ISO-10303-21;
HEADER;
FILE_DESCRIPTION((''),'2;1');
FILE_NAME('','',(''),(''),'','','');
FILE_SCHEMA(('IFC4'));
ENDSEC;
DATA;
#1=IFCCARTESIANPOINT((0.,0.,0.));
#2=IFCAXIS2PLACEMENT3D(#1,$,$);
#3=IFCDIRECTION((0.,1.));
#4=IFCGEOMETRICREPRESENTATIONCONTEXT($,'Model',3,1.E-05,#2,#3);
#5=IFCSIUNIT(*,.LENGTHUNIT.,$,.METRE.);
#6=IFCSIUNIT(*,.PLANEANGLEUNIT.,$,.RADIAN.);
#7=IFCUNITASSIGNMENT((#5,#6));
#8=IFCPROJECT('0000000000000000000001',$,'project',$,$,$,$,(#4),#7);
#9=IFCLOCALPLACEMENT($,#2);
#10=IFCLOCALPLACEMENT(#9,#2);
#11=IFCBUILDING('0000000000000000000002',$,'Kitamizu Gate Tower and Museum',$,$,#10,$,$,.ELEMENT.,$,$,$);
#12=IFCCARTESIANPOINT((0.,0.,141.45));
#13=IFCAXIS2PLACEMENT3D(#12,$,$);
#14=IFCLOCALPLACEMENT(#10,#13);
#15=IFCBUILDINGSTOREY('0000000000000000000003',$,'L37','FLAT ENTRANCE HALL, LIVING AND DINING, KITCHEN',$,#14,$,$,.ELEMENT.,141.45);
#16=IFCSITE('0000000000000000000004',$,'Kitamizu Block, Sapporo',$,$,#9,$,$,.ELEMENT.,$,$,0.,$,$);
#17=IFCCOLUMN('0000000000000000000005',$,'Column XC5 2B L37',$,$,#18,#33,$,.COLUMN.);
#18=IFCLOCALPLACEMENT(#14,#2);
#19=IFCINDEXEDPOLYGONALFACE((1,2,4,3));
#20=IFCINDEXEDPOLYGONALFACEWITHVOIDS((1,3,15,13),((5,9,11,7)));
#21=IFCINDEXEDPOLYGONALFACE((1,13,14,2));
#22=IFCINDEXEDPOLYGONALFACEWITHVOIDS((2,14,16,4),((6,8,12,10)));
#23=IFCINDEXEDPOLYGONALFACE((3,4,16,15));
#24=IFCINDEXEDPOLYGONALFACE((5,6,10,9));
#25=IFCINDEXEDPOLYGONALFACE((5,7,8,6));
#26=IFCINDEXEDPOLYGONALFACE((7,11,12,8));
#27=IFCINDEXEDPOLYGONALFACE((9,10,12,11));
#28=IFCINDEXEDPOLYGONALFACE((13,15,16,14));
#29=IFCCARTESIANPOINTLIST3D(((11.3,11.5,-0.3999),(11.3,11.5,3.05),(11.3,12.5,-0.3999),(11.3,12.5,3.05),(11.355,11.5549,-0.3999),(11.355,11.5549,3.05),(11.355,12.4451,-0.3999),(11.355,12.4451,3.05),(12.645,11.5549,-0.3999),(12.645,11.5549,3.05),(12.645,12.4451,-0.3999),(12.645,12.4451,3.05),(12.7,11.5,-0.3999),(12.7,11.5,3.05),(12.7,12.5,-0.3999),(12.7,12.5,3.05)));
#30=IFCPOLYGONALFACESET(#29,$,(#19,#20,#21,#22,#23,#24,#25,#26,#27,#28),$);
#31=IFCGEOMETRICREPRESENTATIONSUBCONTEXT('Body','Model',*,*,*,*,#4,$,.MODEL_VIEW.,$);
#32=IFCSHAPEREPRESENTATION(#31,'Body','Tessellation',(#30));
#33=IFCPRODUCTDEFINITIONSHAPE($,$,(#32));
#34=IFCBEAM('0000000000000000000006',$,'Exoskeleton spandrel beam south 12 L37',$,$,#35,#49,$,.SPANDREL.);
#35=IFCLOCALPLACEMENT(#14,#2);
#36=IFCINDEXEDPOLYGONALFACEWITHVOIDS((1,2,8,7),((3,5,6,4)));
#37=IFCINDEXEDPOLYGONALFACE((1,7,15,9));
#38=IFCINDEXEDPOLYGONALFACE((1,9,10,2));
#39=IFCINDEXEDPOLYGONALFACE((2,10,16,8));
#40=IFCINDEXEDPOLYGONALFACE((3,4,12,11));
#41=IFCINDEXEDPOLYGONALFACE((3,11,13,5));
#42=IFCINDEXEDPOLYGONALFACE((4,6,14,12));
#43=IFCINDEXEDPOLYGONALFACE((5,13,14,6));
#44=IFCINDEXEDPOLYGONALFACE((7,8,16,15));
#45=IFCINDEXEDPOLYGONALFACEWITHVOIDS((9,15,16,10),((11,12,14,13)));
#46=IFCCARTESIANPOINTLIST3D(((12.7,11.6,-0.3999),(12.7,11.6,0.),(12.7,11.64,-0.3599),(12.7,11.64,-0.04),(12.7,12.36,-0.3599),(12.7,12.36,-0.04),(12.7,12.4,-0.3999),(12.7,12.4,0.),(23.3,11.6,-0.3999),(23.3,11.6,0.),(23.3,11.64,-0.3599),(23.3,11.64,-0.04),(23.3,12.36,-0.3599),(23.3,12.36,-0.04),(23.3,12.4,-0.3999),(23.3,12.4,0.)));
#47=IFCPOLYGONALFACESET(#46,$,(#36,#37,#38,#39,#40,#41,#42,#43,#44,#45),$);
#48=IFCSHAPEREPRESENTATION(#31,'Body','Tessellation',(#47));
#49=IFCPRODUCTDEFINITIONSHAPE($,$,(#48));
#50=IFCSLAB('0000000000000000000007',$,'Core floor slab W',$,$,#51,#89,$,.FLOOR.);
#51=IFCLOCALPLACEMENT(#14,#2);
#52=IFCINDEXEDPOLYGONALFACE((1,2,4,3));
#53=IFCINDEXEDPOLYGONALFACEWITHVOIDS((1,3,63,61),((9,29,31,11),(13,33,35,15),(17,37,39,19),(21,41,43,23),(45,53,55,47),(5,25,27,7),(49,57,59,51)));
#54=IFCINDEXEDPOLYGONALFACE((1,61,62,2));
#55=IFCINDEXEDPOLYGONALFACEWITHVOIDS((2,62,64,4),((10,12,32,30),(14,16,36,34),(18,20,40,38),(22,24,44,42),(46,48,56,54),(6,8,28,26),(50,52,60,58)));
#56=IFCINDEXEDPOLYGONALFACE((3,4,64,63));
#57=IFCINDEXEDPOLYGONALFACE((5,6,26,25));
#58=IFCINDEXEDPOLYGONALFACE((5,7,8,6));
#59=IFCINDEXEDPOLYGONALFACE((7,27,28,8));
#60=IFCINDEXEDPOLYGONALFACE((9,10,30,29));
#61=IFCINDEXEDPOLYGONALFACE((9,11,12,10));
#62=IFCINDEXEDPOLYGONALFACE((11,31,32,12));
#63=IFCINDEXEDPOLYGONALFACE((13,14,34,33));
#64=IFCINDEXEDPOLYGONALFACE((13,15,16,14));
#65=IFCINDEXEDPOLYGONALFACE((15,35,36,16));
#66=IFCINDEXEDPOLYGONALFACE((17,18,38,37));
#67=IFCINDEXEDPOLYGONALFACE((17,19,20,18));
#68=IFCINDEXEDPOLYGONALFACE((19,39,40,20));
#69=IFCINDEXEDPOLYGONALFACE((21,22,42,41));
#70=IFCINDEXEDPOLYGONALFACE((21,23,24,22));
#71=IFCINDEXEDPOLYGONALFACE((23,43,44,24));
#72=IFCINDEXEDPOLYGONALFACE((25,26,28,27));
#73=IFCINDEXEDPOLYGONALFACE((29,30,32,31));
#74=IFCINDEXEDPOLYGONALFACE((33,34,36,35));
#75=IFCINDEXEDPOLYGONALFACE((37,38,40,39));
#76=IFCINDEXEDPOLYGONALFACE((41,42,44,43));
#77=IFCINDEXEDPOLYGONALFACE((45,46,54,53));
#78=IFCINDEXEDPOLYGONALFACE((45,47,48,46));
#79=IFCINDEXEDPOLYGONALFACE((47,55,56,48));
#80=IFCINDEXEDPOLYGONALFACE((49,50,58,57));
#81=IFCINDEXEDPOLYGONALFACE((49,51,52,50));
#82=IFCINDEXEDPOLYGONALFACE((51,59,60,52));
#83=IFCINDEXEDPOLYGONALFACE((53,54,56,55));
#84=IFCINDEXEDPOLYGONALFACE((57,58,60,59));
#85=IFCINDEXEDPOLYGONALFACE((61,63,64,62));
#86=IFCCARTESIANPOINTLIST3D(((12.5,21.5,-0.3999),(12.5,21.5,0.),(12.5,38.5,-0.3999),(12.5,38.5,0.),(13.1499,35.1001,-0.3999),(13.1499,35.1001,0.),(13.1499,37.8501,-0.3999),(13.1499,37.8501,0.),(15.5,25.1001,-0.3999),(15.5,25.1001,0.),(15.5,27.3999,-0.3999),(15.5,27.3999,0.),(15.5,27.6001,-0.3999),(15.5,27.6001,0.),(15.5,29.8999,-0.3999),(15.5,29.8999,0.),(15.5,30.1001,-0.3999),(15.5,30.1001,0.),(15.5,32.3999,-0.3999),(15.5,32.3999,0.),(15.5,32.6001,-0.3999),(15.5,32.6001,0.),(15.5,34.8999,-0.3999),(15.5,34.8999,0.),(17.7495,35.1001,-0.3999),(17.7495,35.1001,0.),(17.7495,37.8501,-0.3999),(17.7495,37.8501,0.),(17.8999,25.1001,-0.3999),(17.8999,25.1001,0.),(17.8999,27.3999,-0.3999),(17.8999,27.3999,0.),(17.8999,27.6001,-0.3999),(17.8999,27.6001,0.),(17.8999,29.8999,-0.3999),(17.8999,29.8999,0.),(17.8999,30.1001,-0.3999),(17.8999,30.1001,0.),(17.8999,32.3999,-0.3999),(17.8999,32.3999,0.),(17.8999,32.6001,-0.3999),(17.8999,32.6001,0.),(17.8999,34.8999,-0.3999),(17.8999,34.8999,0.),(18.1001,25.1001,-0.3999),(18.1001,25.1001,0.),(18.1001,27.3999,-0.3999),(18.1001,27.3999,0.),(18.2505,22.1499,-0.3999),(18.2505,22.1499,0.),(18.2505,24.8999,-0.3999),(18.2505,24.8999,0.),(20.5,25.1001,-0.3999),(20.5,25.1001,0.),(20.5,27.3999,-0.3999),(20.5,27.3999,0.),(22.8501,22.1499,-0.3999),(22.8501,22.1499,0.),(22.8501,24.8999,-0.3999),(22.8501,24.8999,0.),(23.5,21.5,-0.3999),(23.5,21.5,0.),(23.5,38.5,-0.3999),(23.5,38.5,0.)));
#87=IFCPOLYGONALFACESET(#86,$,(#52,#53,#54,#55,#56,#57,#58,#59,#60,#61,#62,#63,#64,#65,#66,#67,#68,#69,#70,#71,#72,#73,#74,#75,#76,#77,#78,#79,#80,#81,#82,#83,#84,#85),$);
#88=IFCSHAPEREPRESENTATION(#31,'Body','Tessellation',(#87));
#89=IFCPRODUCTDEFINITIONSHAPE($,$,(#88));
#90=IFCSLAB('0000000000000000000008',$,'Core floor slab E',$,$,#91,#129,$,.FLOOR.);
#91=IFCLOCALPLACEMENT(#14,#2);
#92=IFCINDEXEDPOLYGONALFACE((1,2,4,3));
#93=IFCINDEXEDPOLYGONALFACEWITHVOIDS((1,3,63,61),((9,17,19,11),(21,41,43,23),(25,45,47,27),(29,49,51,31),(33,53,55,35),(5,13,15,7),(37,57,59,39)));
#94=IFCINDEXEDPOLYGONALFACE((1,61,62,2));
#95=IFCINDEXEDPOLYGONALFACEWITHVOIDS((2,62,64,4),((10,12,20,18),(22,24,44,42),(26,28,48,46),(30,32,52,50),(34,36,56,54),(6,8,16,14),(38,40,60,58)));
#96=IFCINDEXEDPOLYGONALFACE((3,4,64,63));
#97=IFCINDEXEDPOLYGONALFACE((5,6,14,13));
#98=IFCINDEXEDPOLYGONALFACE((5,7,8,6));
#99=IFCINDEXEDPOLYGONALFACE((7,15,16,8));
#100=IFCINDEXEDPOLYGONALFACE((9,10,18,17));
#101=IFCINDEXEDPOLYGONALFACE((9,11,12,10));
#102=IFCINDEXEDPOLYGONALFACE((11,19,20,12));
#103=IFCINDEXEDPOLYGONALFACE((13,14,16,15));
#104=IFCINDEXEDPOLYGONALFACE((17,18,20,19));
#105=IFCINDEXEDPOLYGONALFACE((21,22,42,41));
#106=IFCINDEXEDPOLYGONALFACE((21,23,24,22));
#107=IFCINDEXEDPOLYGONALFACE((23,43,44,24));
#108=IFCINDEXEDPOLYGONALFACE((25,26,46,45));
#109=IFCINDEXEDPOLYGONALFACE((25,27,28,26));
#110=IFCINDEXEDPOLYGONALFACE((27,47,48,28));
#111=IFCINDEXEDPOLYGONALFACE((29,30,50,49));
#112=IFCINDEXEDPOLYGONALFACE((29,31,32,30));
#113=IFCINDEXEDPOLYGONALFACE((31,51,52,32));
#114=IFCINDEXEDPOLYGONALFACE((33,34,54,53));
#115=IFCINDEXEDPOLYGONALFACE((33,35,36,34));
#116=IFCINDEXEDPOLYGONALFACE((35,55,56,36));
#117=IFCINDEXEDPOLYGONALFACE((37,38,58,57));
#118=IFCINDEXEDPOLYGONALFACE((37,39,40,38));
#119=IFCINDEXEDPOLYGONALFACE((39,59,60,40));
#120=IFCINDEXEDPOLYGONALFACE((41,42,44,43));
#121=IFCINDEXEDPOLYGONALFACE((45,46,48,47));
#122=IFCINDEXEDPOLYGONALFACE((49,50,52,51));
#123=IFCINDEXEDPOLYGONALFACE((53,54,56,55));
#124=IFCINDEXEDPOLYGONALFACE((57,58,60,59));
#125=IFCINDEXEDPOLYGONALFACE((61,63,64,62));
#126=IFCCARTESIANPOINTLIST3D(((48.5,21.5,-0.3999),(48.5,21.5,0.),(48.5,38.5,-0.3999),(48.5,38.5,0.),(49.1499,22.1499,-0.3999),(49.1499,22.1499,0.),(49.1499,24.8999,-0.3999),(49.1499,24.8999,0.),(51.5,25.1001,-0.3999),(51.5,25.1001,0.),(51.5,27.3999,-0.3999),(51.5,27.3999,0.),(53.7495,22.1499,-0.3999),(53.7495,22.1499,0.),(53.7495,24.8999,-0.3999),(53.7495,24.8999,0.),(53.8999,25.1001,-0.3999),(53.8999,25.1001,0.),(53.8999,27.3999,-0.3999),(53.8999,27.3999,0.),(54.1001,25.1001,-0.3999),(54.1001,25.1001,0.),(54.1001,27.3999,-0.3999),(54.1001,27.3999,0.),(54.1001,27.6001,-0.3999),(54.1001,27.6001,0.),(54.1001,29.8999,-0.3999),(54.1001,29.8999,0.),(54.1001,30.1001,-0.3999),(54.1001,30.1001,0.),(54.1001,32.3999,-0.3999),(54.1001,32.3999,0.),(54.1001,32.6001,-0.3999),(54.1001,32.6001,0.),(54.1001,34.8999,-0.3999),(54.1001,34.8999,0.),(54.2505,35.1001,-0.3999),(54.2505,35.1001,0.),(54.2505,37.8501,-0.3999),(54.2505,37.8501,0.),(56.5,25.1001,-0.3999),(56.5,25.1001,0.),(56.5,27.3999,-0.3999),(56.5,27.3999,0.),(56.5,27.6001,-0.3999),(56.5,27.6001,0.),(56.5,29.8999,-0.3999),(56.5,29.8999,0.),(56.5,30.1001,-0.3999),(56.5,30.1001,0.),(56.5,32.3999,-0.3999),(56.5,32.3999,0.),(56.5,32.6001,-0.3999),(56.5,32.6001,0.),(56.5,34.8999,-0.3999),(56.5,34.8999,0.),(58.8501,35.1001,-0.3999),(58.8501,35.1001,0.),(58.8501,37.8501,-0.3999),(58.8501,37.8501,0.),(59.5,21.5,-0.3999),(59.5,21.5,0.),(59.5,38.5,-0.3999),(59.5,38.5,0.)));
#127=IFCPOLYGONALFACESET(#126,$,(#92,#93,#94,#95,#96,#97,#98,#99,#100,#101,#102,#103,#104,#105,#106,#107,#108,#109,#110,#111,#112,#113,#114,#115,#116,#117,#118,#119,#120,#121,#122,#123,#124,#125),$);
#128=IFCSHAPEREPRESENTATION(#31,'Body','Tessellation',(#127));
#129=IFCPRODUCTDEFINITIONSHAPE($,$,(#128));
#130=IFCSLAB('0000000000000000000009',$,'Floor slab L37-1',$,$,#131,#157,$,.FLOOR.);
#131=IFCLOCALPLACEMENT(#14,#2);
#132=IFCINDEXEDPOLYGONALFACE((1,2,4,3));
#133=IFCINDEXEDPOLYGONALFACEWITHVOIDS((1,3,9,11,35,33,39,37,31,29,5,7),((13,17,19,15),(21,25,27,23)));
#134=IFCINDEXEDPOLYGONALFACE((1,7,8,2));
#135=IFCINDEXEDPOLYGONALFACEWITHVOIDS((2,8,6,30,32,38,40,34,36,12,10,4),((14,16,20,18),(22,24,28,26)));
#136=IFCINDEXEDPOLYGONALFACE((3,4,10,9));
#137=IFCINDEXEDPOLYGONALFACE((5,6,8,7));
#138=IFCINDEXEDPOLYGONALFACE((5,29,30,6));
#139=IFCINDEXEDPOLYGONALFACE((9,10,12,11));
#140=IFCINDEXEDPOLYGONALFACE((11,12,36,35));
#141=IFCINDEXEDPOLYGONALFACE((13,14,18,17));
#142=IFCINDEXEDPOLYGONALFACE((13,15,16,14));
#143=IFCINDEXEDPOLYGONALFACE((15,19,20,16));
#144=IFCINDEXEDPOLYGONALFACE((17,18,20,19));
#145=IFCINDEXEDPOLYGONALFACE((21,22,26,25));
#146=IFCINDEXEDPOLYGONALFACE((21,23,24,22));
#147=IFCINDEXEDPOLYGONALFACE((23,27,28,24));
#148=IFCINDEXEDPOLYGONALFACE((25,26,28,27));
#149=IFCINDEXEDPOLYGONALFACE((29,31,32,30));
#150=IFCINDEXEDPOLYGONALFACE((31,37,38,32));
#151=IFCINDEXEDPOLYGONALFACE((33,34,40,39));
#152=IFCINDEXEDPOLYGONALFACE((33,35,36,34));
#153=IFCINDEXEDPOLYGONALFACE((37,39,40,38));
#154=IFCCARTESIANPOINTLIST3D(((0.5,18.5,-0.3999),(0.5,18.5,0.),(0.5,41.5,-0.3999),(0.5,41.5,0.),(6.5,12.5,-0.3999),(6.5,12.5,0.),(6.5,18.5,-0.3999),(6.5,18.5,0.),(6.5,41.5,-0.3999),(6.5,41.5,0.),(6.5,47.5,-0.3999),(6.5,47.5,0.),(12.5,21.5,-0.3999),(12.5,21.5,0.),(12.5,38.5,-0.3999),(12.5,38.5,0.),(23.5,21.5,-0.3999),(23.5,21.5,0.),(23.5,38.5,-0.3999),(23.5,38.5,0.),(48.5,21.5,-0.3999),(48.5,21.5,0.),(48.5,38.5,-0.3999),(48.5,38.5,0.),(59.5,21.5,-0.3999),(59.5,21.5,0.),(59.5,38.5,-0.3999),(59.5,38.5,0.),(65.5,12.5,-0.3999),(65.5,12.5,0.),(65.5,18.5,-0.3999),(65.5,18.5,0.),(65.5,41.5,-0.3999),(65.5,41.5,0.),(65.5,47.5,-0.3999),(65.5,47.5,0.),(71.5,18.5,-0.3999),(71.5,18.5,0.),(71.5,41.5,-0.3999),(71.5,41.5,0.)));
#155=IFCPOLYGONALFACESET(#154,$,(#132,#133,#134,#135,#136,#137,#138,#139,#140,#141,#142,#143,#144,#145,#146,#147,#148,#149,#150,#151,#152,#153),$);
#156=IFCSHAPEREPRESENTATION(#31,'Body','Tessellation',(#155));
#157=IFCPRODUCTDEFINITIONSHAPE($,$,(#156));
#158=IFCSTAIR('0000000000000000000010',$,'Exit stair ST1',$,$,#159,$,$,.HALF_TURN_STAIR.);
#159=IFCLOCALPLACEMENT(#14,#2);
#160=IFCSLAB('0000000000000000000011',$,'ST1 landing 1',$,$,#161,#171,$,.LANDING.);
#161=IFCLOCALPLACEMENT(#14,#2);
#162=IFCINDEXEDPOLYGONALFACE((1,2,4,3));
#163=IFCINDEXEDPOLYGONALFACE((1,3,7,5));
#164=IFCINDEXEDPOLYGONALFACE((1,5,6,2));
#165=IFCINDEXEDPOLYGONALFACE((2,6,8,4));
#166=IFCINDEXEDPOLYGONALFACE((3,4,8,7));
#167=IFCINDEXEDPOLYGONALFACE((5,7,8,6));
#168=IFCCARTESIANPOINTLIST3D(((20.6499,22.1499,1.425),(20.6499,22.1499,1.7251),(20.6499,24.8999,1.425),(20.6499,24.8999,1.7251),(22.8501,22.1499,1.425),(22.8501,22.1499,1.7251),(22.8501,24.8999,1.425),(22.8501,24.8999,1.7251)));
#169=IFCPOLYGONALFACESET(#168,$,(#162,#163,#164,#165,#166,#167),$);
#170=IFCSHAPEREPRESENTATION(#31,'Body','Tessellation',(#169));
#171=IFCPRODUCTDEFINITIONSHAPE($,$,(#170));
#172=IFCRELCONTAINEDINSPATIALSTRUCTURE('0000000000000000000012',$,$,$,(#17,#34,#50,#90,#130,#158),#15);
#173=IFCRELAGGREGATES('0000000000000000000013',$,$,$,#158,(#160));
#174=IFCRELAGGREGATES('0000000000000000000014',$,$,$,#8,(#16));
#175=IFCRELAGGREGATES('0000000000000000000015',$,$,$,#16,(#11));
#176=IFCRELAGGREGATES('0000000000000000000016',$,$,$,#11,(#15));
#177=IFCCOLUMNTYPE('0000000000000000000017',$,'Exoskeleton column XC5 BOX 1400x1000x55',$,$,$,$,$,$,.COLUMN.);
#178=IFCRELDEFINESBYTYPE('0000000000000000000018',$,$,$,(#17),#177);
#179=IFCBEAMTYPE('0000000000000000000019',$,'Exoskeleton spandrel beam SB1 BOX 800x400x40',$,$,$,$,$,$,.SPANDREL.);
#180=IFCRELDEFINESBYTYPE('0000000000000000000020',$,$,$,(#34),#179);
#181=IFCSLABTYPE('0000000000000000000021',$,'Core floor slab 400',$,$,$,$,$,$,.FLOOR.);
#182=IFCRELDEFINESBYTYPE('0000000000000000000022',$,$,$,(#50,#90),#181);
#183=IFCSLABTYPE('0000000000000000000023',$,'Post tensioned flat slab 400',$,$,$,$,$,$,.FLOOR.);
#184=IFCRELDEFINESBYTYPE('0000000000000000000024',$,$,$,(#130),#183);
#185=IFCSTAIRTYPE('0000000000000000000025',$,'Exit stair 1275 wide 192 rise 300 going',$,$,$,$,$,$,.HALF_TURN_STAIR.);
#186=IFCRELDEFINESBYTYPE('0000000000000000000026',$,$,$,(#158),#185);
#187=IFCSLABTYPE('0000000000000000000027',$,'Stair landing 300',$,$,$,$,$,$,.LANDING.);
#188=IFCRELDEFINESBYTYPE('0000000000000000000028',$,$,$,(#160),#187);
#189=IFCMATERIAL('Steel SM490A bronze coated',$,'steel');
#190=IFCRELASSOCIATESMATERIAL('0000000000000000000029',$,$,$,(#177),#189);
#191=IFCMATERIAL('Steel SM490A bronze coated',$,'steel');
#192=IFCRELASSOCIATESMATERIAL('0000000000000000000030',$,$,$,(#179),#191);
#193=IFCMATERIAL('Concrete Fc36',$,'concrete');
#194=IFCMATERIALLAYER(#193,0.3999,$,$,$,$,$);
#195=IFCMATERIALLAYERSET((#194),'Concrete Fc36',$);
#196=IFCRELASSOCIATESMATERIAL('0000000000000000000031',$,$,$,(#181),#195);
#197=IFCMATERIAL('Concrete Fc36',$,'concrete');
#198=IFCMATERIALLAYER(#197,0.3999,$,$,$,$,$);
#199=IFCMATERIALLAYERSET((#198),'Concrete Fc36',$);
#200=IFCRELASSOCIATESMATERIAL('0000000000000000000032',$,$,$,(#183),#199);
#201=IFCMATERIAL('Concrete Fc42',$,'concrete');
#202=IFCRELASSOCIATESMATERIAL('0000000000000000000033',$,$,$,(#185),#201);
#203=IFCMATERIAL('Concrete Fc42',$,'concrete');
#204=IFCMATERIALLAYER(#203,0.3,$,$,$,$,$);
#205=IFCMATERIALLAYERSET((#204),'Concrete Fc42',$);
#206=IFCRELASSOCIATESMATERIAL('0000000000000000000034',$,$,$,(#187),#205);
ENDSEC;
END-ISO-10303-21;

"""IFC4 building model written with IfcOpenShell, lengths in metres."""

from ifc_helpers import new_model, si_unit, direction, frame, origin, origin_2d, place, context, subcontext, project, spatial, polyline, hollow_rectangle, outline, extrude, material, layer, layer_set, material_profile, profile_set, type_object, element, aggregate, save


model = new_model("IFC4")

# Units and contexts
model_context = context("Model", 3, precision=1e-05, world=origin(), true_north=direction((0.0, 1.0)))
body_context = subcontext(model_context, "Body", "Model", "MODEL_VIEW")
ifc_project = project(units=[si_unit("LENGTHUNIT", "METRE"), si_unit("PLANEANGLEUNIT", "RADIAN")], contexts=[model_context])

# Site, building, storey
site_placement = place(None, origin())
site = spatial("IfcSite", under=ifc_project, at=site_placement, Name="Kitamizu Block, Sapporo", CompositionType="ELEMENT", RefElevation=0.0)
building_placement = place(site_placement, origin())
building = spatial("IfcBuilding", under=site, at=building_placement, Name="Kitamizu Gate Tower and Museum", CompositionType="ELEMENT")
storey_placement = place(building_placement, frame((0.0, 0.0, 141.45)))
storey = spatial("IfcBuildingStorey", under=building, at=storey_placement, Name="L37", Description="FLAT ENTRANCE HALL, LIVING AND DINING, KITCHEN", CompositionType="ELEMENT", Elevation=141.45)

# Column
ifc_material_1 = material(Name="Steel SM490A bronze coated", Category="steel")
ifc_material_profile_1 = material_profile(ifc_material_1, hollow_rectangle(XDim=1.3999, YDim=1.0, WallThickness=0.0549, at=origin_2d()), Name="BOX 1400x1000x55")
ifc_profile_set_1 = profile_set([ifc_material_profile_1], Name="Steel SM490A bronze coated")
column_type = type_object("IfcColumnType", Name="Exoskeleton column XC5 BOX 1400x1000x55", PredefinedType="COLUMN", material=ifc_profile_set_1)
column_placement = place(storey_placement, frame((12.0, 12.0, -0.3999), z_axis=(0.0, 0.0, 1.0), x_axis=(1.0, 0.0, 0.0)))
element("IfcColumn", 1, at=column_placement, inside=storey, type_object=column_type, Name="Column XC5 2B L37", PredefinedType="COLUMN", context=body_context, shape_type="SweptSolid", body=[
    extrude(hollow_rectangle(XDim=1.3999, YDim=1.0, WallThickness=0.0549, at=origin_2d()), origin(), (0.0, 0.0, 1.0), 3.45),
])

# Beam
ifc_material_2 = material(Name="Steel SM490A bronze coated", Category="steel")
ifc_material_profile_2 = material_profile(ifc_material_2, hollow_rectangle(XDim=0.8, YDim=0.3999, WallThickness=0.04, at=origin_2d()), Name="BOX 800x400x40")
ifc_profile_set_2 = profile_set([ifc_material_profile_2], Name="Steel SM490A bronze coated")
beam_type = type_object("IfcBeamType", Name="Exoskeleton spandrel beam SB1 BOX 800x400x40", PredefinedType="SPANDREL", material=ifc_profile_set_2)
beam_placement = place(storey_placement, frame((12.7, 12.0, -0.2), z_axis=(1.0, 0.0, 0.0), x_axis=(0.0, 1.0, 0.0)))
element("IfcBeam", 2, at=beam_placement, inside=storey, type_object=beam_type, Name="Exoskeleton spandrel beam south 12 L37", PredefinedType="SPANDREL", context=body_context, shape_type="SweptSolid", body=[
    extrude(hollow_rectangle(XDim=0.8, YDim=0.3999, WallThickness=0.04, at=origin_2d()), origin(), (0.0, 0.0, 1.0), 10.6001),
])

# Slabs
ifc_material_3 = material(Name="Concrete Fc36", Category="concrete")
ifc_layer_1 = layer(ifc_material_3, 0.3999)
ifc_layer_set_1 = layer_set([ifc_layer_1], Name="Concrete Fc36")
slab_type_1 = type_object("IfcSlabType", Name="Core floor slab 400", PredefinedType="FLOOR", material=ifc_layer_set_1)
slab_1_placement = place(storey_placement, frame((0.0, 0.0, -0.3999)))
element("IfcSlab", 3, at=slab_1_placement, inside=storey, type_object=slab_type_1, Name="Core floor slab W", PredefinedType="FLOOR", context=body_context, shape_type="SweptSolid", body=[
    extrude(outline(polyline([(12.5, 21.5), (23.5, 21.5), (23.5, 38.5), (12.5, 38.5), (12.5, 21.5)]), holes=[polyline([(15.5, 25.1001), (17.8999, 25.1001), (17.8999, 27.3999), (15.5, 27.3999), (15.5, 25.1001)]), polyline([(15.5, 27.6001), (17.8999, 27.6001), (17.8999, 29.8999), (15.5, 29.8999), (15.5, 27.6001)]), polyline([(15.5, 30.1001), (17.8999, 30.1001), (17.8999, 32.3999), (15.5, 32.3999), (15.5, 30.1001)]), polyline([(15.5, 32.6001), (17.8999, 32.6001), (17.8999, 34.8999), (15.5, 34.8999), (15.5, 32.6001)]), polyline([(18.1001, 25.1001), (20.5, 25.1001), (20.5, 27.3999), (18.1001, 27.3999), (18.1001, 25.1001)]), polyline([(18.2505, 22.1499), (22.8501, 22.1499), (22.8501, 24.8999), (18.2505, 24.8999), (18.2505, 22.1499)]), polyline([(13.1499, 35.1001), (17.7495, 35.1001), (17.7495, 37.8501), (13.1499, 37.8501), (13.1499, 35.1001)])]), origin(), (0.0, 0.0, 1.0), 0.3999),
])
slab_2_placement = place(storey_placement, frame((0.0, 0.0, -0.3999)))
element("IfcSlab", 4, at=slab_2_placement, inside=storey, type_object=slab_type_1, Name="Core floor slab E", PredefinedType="FLOOR", context=body_context, shape_type="SweptSolid", body=[
    extrude(outline(polyline([(48.5, 21.5), (59.5, 21.5), (59.5, 38.5), (48.5, 38.5), (48.5, 21.5)]), holes=[polyline([(54.1001, 25.1001), (56.5, 25.1001), (56.5, 27.3999), (54.1001, 27.3999), (54.1001, 25.1001)]), polyline([(54.1001, 27.6001), (56.5, 27.6001), (56.5, 29.8999), (54.1001, 29.8999), (54.1001, 27.6001)]), polyline([(54.1001, 30.1001), (56.5, 30.1001), (56.5, 32.3999), (54.1001, 32.3999), (54.1001, 30.1001)]), polyline([(54.1001, 32.6001), (56.5, 32.6001), (56.5, 34.8999), (54.1001, 34.8999), (54.1001, 32.6001)]), polyline([(51.5, 25.1001), (53.8999, 25.1001), (53.8999, 27.3999), (51.5, 27.3999), (51.5, 25.1001)]), polyline([(49.1499, 22.1499), (53.7495, 22.1499), (53.7495, 24.8999), (49.1499, 24.8999), (49.1499, 22.1499)]), polyline([(54.2505, 35.1001), (58.8501, 35.1001), (58.8501, 37.8501), (54.2505, 37.8501), (54.2505, 35.1001)])]), origin(), (0.0, 0.0, 1.0), 0.3999),
])
ifc_material_4 = material(Name="Concrete Fc36", Category="concrete")
ifc_layer_2 = layer(ifc_material_4, 0.3999)
ifc_layer_set_2 = layer_set([ifc_layer_2], Name="Concrete Fc36")
slab_type_2 = type_object("IfcSlabType", Name="Post tensioned flat slab 400", PredefinedType="FLOOR", material=ifc_layer_set_2)
slab_3_placement = place(storey_placement, frame((0.0, 0.0, -0.3999)))
element("IfcSlab", 5, at=slab_3_placement, inside=storey, type_object=slab_type_2, Name="Floor slab L37-1", PredefinedType="FLOOR", context=body_context, shape_type="SweptSolid", body=[
    extrude(outline(polyline([(0.5, 18.5), (0.5, 41.5), (6.5, 41.5), (6.5, 47.5), (65.5, 47.5), (65.5, 41.5), (71.5, 41.5), (71.5, 18.5), (65.5, 18.5), (65.5, 12.5), (6.5, 12.5), (6.5, 18.5), (0.5, 18.5)]), holes=[polyline([(59.5, 38.5), (48.5, 38.5), (48.5, 21.5), (59.5, 21.5), (59.5, 38.5)]), polyline([(12.5, 38.5), (12.5, 21.5), (23.5, 21.5), (23.5, 38.5), (12.5, 38.5)])]), origin(), (0.0, 0.0, 1.0), 0.3999),
])

# Stair, slab
ifc_material_5 = material(Name="Concrete Fc42", Category="concrete")
stair_type = type_object("IfcStairType", Name="Exit stair 1275 wide 192 rise 300 going", PredefinedType="HALF_TURN_STAIR", material=ifc_material_5)
stair_1_placement = place(storey_placement, origin())
stair_1 = element("IfcStair", 6, at=stair_1_placement, inside=storey, type_object=stair_type, Name="Exit stair ST1", PredefinedType="HALF_TURN_STAIR")
ifc_material_6 = material(Name="Concrete Fc42", Category="concrete")
ifc_layer_3 = layer(ifc_material_6, 0.3)
ifc_layer_set_3 = layer_set([ifc_layer_3], Name="Concrete Fc42")
slab_type_3 = type_object("IfcSlabType", Name="Stair landing 300", PredefinedType="LANDING", material=ifc_layer_set_3)
slab_4_placement = place(storey_placement, frame((0.0, 0.0, 1.425)))
slab_4 = element("IfcSlab", 7, at=slab_4_placement, type_object=slab_type_3, Name="ST1 landing 1", PredefinedType="LANDING", context=body_context, shape_type="SweptSolid", body=[
    extrude(outline(polyline([(20.6499, 22.1499), (22.8501, 22.1499), (22.8501, 24.8999), (20.6499, 24.8999), (20.6499, 22.1499)])), origin(), (0.0, 0.0, 1.0), 0.3),
])
aggregate(stair_1, [slab_4])

save(model, "model.ifc")
